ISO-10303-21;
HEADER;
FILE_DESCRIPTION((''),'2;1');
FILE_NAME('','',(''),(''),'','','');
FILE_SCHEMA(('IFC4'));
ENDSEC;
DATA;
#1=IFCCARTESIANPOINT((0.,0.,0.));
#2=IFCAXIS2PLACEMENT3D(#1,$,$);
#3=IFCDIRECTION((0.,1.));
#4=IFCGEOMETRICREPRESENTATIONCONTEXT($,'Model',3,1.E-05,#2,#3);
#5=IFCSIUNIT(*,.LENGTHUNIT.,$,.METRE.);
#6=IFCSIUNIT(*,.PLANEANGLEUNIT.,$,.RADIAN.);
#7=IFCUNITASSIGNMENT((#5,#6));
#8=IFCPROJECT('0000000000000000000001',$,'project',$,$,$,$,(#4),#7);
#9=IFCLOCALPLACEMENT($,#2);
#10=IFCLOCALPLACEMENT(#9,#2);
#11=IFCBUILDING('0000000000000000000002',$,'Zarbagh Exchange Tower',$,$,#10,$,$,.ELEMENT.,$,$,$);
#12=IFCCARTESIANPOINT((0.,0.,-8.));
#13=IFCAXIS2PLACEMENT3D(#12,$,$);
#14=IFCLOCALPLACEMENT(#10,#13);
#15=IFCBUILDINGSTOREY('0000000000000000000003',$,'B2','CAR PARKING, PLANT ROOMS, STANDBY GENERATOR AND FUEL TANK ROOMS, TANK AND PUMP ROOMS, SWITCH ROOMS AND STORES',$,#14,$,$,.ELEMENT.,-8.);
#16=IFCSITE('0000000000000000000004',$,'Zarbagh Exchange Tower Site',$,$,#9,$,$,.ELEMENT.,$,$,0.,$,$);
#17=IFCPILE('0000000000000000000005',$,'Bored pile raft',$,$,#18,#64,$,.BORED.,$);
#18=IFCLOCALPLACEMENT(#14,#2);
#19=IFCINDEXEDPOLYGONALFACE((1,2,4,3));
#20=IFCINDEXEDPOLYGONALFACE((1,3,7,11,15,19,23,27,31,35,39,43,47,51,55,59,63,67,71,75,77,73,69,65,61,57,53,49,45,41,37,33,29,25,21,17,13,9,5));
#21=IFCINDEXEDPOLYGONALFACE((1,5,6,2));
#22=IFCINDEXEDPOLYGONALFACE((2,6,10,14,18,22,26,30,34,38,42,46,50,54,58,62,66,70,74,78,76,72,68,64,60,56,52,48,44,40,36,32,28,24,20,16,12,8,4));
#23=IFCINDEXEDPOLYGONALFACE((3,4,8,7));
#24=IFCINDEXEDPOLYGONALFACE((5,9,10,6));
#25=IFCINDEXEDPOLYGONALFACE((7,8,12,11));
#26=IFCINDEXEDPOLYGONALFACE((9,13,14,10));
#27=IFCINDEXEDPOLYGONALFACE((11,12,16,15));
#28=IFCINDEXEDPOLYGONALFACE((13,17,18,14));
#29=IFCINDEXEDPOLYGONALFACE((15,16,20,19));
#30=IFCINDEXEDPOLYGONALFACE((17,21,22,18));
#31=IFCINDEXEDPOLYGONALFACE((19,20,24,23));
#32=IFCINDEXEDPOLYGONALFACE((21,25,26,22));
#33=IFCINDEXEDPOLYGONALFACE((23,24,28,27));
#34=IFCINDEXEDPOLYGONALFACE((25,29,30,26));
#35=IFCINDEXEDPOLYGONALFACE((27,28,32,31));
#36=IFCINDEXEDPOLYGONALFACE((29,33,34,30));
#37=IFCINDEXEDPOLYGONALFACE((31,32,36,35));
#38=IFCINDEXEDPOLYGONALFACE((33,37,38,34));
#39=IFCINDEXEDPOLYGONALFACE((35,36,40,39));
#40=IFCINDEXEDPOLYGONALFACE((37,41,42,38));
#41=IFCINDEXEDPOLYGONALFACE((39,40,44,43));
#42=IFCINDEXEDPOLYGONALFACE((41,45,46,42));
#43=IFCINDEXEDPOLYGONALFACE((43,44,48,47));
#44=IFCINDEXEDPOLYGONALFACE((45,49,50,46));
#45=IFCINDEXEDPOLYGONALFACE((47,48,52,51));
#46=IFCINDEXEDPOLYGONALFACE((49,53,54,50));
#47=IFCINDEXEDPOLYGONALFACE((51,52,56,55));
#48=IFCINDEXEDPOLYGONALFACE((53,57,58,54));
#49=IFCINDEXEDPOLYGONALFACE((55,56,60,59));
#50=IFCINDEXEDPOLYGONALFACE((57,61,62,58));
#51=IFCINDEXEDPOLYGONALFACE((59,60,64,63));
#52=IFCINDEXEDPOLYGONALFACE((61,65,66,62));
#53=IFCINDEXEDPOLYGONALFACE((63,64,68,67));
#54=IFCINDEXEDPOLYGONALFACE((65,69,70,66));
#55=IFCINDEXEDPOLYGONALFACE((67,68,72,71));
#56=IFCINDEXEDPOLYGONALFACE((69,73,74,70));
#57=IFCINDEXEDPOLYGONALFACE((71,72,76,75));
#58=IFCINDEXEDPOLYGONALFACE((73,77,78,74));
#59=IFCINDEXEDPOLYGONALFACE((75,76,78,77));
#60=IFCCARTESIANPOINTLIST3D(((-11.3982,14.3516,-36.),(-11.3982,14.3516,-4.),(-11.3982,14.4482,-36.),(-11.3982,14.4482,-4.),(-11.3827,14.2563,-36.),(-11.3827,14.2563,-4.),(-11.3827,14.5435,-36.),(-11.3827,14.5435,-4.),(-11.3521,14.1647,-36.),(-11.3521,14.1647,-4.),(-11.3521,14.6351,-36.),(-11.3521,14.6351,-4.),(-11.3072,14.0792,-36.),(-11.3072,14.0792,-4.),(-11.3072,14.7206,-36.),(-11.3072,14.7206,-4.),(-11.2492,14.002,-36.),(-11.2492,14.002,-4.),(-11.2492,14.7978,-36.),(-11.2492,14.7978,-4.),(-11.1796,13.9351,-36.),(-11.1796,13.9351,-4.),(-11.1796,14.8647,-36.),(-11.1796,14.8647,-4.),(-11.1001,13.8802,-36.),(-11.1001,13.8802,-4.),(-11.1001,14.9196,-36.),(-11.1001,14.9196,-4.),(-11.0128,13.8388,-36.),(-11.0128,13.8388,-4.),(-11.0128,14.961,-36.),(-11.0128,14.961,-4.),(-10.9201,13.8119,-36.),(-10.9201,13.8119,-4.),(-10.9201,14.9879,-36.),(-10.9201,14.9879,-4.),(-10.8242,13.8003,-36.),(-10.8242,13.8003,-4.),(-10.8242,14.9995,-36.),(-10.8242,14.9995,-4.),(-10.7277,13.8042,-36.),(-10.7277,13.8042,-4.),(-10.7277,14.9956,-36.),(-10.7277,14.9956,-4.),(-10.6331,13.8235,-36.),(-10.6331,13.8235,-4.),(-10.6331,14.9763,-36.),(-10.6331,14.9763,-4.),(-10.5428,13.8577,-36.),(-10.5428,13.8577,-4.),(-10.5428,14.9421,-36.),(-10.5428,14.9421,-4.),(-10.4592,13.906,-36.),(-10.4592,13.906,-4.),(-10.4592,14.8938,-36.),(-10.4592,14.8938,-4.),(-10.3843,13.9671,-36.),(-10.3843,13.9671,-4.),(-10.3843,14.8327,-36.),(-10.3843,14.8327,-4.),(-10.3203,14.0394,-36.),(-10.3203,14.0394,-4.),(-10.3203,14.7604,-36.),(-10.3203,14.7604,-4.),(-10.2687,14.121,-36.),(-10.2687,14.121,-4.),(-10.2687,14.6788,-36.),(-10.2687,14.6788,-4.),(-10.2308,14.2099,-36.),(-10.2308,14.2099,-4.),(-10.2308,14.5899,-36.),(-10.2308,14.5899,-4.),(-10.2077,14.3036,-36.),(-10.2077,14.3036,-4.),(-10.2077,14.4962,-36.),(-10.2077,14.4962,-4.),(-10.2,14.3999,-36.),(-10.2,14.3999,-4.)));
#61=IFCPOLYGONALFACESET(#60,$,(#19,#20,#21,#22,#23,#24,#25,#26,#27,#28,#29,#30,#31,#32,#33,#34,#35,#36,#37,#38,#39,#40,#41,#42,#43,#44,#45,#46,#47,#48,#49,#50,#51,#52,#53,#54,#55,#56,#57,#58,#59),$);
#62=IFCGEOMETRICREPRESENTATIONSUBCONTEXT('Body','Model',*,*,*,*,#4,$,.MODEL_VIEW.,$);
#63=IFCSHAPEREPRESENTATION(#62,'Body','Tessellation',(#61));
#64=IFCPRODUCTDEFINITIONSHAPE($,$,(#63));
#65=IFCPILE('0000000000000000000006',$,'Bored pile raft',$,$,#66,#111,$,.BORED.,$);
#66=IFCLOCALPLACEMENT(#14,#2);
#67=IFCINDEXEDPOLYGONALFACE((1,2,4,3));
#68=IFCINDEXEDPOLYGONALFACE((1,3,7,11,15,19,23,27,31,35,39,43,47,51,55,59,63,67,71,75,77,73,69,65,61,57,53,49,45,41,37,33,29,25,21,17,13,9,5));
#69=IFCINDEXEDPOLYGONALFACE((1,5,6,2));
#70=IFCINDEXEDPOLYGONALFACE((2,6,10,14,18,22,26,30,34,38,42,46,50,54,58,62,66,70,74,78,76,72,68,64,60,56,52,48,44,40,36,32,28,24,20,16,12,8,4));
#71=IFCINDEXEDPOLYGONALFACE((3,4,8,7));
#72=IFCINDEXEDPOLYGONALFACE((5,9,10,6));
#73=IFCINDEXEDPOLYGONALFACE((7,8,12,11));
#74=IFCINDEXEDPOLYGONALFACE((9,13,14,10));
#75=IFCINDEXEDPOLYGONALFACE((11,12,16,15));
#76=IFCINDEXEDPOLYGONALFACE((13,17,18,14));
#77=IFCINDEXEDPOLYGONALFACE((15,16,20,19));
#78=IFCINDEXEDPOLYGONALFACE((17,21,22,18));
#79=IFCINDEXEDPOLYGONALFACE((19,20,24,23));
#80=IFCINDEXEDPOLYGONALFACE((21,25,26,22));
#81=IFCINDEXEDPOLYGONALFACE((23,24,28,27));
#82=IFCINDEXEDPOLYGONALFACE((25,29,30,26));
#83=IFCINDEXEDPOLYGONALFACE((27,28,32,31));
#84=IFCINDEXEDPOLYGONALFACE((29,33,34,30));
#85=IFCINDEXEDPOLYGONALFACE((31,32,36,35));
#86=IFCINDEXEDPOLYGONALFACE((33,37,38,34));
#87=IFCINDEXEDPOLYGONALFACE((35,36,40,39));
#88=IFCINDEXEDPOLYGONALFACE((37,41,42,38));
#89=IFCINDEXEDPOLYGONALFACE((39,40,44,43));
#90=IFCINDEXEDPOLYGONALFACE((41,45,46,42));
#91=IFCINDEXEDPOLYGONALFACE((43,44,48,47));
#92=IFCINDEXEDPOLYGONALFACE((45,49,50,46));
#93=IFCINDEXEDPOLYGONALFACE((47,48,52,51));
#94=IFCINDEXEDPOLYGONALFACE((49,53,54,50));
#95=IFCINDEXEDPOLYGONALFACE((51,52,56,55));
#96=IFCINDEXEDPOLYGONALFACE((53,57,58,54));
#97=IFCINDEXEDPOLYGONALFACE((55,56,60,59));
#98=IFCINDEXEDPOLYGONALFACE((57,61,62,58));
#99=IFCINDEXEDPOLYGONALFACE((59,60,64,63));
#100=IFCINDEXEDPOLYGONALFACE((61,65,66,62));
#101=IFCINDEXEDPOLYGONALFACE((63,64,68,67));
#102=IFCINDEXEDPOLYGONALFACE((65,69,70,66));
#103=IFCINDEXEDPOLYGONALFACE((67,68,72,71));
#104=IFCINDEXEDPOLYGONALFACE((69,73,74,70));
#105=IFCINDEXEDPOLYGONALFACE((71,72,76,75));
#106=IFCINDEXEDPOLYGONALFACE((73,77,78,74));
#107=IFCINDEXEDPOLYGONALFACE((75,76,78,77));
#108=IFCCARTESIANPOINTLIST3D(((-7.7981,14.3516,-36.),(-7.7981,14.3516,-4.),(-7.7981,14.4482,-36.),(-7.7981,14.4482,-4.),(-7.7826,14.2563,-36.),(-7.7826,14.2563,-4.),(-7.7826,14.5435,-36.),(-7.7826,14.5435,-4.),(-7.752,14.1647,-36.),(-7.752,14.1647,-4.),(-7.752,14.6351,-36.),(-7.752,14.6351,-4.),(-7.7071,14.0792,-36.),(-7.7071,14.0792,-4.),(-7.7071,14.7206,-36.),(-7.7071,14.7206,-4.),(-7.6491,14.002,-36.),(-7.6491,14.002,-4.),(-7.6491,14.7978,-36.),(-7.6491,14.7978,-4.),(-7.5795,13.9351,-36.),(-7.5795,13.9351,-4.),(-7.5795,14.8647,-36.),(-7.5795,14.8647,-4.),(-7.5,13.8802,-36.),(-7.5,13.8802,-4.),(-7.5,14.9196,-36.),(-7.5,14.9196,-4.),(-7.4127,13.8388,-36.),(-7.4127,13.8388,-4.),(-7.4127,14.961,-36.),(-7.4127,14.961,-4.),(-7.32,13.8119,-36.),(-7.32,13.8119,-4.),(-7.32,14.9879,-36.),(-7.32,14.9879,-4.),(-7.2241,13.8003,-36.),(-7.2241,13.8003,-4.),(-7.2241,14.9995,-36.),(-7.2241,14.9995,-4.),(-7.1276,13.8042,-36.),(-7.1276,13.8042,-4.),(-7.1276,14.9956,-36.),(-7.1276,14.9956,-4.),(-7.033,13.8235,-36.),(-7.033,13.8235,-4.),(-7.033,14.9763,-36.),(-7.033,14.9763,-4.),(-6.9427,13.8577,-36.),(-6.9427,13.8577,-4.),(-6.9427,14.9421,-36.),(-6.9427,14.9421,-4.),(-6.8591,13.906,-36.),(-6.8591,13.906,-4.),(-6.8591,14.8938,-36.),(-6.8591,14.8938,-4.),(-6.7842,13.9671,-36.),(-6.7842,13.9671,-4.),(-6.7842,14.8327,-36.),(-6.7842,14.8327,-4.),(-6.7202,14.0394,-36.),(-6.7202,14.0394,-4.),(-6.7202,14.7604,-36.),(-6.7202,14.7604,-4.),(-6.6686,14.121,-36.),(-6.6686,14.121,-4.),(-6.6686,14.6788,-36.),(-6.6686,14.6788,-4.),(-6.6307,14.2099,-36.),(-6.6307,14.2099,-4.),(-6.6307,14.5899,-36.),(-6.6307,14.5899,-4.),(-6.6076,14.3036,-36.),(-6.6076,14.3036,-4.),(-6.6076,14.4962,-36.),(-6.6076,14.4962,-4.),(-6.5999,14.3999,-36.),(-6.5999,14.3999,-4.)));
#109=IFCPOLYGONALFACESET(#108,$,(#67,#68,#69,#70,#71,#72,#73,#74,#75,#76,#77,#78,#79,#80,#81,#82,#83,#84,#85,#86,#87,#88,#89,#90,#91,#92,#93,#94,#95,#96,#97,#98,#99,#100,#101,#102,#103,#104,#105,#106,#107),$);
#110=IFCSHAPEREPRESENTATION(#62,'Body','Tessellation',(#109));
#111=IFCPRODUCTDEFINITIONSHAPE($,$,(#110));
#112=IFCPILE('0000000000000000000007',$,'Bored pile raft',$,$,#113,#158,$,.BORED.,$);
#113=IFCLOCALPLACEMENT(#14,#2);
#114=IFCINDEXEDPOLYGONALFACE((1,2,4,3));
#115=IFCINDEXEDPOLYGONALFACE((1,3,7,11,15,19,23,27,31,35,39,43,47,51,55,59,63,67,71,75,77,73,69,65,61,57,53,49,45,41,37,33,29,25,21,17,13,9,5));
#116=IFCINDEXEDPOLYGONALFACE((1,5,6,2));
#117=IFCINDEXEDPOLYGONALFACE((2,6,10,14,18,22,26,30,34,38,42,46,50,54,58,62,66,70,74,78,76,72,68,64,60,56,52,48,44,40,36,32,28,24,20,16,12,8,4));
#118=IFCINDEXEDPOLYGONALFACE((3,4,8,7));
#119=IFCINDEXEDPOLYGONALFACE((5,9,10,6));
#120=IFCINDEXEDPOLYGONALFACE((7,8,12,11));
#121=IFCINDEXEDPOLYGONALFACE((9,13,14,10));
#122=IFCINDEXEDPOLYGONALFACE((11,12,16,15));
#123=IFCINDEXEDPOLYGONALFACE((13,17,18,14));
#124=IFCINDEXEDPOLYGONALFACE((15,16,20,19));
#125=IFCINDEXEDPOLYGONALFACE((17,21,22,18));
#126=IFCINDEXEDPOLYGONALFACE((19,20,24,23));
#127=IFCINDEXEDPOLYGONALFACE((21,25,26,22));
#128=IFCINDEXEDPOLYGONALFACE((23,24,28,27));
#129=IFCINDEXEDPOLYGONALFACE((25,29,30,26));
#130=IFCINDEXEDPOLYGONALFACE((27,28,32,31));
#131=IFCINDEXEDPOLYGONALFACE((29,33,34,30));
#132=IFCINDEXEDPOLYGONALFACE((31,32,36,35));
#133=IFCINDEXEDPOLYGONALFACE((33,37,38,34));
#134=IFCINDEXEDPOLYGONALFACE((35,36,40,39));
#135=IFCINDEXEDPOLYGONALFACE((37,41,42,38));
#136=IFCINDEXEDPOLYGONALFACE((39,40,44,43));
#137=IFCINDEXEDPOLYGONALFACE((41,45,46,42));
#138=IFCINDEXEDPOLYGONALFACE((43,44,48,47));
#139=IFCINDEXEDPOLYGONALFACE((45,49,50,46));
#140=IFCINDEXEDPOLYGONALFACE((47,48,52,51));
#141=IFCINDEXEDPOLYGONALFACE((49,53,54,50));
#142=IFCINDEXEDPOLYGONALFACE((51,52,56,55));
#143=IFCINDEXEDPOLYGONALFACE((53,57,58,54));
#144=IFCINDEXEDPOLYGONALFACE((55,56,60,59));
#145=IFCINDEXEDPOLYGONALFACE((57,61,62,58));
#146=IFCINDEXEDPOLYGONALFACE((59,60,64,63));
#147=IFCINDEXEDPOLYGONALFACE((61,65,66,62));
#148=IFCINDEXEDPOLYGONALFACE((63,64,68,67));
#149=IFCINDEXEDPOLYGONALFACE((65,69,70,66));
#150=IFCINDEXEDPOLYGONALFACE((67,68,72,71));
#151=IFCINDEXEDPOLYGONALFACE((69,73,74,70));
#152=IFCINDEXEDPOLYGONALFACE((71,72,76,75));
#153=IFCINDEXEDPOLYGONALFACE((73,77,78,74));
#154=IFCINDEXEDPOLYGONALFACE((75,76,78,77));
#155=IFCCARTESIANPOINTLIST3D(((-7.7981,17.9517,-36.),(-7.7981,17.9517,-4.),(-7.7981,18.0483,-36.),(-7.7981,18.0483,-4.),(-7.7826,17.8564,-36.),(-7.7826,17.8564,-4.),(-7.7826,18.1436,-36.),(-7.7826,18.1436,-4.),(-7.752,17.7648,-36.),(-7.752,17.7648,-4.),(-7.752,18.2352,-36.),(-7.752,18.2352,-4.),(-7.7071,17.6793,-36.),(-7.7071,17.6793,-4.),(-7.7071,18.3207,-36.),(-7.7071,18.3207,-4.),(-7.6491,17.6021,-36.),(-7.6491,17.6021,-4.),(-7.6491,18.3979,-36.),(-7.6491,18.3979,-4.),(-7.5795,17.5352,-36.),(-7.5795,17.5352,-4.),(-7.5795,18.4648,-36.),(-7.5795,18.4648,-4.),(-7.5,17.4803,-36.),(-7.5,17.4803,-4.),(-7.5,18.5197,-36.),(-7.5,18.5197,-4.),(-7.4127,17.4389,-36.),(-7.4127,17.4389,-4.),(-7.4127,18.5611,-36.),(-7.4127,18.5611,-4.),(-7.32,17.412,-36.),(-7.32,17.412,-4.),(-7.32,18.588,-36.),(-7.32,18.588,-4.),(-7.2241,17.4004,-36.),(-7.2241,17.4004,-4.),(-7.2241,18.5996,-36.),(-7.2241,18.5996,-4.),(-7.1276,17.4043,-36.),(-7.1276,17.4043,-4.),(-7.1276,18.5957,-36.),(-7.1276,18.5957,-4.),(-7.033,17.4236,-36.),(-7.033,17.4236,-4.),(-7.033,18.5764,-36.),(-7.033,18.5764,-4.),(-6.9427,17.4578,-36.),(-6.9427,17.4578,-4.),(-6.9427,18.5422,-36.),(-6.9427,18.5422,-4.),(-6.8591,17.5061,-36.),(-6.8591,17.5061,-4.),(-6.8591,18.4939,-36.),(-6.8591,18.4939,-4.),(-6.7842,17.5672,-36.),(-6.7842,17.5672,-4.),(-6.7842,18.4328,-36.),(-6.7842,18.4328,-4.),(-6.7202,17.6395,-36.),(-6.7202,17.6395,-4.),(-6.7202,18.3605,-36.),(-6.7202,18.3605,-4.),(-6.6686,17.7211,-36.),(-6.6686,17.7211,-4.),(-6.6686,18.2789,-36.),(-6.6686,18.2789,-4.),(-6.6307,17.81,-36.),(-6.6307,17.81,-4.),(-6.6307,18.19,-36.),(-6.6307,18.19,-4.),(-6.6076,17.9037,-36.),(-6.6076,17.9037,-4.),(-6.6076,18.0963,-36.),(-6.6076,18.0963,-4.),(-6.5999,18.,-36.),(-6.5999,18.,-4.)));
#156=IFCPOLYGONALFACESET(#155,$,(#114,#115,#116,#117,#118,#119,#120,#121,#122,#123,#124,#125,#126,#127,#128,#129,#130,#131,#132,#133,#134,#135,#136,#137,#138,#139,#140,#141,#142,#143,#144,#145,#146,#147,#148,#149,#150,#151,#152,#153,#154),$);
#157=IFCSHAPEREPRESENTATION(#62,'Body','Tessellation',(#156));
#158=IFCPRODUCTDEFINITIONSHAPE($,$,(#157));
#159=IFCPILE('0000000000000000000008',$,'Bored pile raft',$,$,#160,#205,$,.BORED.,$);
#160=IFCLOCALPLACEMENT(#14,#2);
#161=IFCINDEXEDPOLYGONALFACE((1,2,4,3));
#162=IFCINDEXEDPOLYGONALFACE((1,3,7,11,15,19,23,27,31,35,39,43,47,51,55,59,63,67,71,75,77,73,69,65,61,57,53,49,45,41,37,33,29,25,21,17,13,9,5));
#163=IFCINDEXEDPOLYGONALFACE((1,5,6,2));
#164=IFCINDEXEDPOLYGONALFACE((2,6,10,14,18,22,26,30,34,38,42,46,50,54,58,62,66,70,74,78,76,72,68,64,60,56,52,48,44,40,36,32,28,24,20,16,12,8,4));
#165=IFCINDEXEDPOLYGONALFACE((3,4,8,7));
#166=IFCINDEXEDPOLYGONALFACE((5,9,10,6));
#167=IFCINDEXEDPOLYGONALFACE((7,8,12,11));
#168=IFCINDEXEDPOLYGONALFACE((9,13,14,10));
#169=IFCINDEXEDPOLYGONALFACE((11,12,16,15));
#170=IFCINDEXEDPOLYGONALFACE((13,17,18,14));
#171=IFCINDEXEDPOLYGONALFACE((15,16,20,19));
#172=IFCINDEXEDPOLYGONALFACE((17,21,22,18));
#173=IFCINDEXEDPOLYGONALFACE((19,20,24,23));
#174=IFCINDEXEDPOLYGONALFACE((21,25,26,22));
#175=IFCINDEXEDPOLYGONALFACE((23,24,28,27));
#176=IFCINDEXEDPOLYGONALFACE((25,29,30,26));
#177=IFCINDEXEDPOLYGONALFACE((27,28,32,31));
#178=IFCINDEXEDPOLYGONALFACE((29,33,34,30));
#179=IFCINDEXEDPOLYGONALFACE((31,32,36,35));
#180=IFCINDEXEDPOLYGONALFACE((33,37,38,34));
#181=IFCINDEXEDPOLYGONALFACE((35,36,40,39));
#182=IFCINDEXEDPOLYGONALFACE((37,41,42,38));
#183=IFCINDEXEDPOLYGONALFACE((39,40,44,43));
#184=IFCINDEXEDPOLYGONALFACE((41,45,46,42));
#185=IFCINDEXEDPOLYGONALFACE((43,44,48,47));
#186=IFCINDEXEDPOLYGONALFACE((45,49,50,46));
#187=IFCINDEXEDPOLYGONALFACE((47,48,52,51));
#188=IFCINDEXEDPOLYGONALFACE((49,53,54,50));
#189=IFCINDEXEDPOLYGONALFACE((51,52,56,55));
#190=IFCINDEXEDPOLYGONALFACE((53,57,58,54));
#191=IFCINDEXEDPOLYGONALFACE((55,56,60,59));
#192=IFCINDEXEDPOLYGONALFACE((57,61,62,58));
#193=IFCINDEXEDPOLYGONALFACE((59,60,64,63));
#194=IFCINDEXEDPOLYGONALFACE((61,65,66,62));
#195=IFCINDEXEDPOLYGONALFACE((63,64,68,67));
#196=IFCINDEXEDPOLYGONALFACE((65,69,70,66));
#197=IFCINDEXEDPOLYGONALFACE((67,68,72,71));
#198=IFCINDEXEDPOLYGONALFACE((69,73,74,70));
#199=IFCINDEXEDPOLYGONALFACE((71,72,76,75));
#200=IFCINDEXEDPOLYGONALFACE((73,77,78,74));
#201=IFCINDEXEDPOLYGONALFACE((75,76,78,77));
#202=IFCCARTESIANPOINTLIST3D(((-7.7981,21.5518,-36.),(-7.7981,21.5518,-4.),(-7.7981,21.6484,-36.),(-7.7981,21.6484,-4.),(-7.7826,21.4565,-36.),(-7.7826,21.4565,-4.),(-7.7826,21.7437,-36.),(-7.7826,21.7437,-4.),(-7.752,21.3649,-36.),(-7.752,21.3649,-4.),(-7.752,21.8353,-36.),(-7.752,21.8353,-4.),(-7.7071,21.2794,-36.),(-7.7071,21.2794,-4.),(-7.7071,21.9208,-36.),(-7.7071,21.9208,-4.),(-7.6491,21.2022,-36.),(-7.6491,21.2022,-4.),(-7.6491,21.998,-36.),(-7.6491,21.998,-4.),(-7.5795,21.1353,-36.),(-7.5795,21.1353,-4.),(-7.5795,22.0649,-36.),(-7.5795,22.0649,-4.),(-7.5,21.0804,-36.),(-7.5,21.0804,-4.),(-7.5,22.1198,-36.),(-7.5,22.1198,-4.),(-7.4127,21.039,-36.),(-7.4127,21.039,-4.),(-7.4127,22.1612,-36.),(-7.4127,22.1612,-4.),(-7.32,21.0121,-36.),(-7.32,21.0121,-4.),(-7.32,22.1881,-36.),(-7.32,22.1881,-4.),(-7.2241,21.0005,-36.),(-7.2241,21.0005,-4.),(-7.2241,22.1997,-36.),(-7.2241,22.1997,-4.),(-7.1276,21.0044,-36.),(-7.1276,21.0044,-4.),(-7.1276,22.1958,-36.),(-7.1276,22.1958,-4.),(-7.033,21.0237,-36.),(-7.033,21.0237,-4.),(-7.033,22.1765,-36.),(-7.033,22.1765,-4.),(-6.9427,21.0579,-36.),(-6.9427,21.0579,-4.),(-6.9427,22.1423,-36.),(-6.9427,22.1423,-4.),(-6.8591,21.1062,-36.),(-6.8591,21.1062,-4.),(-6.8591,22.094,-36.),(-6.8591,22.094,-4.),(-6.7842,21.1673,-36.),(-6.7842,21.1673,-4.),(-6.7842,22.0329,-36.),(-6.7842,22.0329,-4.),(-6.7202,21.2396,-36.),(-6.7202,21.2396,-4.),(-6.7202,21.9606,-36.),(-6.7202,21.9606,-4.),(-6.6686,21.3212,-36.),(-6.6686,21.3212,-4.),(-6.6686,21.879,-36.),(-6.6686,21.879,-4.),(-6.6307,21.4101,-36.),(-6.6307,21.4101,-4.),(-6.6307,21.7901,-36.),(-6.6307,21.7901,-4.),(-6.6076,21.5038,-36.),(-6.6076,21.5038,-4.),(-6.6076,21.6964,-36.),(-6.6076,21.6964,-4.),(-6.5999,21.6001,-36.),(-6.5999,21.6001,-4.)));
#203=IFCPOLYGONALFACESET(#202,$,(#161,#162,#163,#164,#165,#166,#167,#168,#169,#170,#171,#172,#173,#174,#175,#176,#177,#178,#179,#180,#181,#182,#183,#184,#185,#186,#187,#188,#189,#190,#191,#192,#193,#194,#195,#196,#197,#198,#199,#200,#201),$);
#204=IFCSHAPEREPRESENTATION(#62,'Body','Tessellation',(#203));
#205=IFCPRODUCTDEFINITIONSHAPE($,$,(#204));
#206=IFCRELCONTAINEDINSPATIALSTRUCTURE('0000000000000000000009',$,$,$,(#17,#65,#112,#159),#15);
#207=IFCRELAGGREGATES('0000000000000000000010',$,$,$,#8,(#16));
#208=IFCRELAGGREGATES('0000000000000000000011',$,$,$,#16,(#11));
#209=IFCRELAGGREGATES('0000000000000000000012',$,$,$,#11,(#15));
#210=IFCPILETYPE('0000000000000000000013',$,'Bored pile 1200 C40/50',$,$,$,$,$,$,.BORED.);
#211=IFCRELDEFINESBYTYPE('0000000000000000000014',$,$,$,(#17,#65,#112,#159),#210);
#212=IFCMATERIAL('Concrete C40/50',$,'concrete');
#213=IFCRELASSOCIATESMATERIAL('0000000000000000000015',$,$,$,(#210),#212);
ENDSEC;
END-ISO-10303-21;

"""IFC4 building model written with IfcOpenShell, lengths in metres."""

from ifc_helpers import new_model, si_unit, direction, frame, origin, origin_2d, place, context, subcontext, project, spatial, circle, extrude, material, material_profile, profile_set, type_object, element, save


model = new_model("IFC4")

# Units and contexts
model_context = context("Model", 3, precision=1e-05, world=origin(), true_north=direction((0.0, 1.0)))
body_context = subcontext(model_context, "Body", "Model", "MODEL_VIEW")
ifc_project = project(units=[si_unit("LENGTHUNIT", "METRE"), si_unit("PLANEANGLEUNIT", "RADIAN")], contexts=[model_context])

# Site, building, storey
site_placement = place(None, origin())
site = spatial("IfcSite", under=ifc_project, at=site_placement, Name="Zarbagh Exchange Tower Site", CompositionType="ELEMENT", RefElevation=0.0)
building_placement = place(site_placement, origin())
building = spatial("IfcBuilding", under=site, at=building_placement, Name="Zarbagh Exchange Tower", CompositionType="ELEMENT")
storey_placement = place(building_placement, frame((0.0, 0.0, -8.0)))
storey = spatial("IfcBuildingStorey", under=building, at=storey_placement, Name="B2", Description="CAR PARKING, PLANT ROOMS, STANDBY GENERATOR AND FUEL TANK ROOMS, TANK AND PUMP ROOMS, SWITCH ROOMS AND STORES", CompositionType="ELEMENT", Elevation=-8.0)

# Piles
ifc_material_1 = material(Name="Concrete C40/50", Category="concrete")
ifc_material_profile_1 = material_profile(ifc_material_1, circle(Radius=0.6001, at=origin_2d()), Name="Bored pile 1200 C40/50")
ifc_profile_set_1 = profile_set([ifc_material_profile_1], Name="Concrete C40/50")
pile_type = type_object("IfcPileType", Name="Bored pile 1200 C40/50", PredefinedType="BORED", material=ifc_profile_set_1)
for number, where, z_axis, x_axis, name in (
    (1, (-10.8, 14.3999, -4.0), (0.0, 0.0, -1.0), (1.0, 0.0, 0.0), "Bored pile raft"),
    (2, (-7.2, 14.3999, -4.0), (0.0, 0.0, -1.0), (1.0, 0.0, 0.0), "Bored pile raft"),
    (3, (-7.2, 18.0, -4.0), (0.0, 0.0, -1.0), (1.0, 0.0, 0.0), "Bored pile raft"),
    (4, (-7.2, 21.6001, -4.0), (0.0, 0.0, -1.0), (1.0, 0.0, 0.0), "Bored pile raft"),
):
    element("IfcPile", number, at=place(storey_placement, frame(where, z_axis=z_axis, x_axis=x_axis)), inside=storey, type_object=pile_type, Name=name, PredefinedType="BORED", context=body_context, shape_type="SweptSolid", body=[
        extrude(circle(Radius=0.6001, at=origin_2d()), origin(), (0.0, 0.0, 1.0), 32.0),
    ])

save(model, "model.ifc")
